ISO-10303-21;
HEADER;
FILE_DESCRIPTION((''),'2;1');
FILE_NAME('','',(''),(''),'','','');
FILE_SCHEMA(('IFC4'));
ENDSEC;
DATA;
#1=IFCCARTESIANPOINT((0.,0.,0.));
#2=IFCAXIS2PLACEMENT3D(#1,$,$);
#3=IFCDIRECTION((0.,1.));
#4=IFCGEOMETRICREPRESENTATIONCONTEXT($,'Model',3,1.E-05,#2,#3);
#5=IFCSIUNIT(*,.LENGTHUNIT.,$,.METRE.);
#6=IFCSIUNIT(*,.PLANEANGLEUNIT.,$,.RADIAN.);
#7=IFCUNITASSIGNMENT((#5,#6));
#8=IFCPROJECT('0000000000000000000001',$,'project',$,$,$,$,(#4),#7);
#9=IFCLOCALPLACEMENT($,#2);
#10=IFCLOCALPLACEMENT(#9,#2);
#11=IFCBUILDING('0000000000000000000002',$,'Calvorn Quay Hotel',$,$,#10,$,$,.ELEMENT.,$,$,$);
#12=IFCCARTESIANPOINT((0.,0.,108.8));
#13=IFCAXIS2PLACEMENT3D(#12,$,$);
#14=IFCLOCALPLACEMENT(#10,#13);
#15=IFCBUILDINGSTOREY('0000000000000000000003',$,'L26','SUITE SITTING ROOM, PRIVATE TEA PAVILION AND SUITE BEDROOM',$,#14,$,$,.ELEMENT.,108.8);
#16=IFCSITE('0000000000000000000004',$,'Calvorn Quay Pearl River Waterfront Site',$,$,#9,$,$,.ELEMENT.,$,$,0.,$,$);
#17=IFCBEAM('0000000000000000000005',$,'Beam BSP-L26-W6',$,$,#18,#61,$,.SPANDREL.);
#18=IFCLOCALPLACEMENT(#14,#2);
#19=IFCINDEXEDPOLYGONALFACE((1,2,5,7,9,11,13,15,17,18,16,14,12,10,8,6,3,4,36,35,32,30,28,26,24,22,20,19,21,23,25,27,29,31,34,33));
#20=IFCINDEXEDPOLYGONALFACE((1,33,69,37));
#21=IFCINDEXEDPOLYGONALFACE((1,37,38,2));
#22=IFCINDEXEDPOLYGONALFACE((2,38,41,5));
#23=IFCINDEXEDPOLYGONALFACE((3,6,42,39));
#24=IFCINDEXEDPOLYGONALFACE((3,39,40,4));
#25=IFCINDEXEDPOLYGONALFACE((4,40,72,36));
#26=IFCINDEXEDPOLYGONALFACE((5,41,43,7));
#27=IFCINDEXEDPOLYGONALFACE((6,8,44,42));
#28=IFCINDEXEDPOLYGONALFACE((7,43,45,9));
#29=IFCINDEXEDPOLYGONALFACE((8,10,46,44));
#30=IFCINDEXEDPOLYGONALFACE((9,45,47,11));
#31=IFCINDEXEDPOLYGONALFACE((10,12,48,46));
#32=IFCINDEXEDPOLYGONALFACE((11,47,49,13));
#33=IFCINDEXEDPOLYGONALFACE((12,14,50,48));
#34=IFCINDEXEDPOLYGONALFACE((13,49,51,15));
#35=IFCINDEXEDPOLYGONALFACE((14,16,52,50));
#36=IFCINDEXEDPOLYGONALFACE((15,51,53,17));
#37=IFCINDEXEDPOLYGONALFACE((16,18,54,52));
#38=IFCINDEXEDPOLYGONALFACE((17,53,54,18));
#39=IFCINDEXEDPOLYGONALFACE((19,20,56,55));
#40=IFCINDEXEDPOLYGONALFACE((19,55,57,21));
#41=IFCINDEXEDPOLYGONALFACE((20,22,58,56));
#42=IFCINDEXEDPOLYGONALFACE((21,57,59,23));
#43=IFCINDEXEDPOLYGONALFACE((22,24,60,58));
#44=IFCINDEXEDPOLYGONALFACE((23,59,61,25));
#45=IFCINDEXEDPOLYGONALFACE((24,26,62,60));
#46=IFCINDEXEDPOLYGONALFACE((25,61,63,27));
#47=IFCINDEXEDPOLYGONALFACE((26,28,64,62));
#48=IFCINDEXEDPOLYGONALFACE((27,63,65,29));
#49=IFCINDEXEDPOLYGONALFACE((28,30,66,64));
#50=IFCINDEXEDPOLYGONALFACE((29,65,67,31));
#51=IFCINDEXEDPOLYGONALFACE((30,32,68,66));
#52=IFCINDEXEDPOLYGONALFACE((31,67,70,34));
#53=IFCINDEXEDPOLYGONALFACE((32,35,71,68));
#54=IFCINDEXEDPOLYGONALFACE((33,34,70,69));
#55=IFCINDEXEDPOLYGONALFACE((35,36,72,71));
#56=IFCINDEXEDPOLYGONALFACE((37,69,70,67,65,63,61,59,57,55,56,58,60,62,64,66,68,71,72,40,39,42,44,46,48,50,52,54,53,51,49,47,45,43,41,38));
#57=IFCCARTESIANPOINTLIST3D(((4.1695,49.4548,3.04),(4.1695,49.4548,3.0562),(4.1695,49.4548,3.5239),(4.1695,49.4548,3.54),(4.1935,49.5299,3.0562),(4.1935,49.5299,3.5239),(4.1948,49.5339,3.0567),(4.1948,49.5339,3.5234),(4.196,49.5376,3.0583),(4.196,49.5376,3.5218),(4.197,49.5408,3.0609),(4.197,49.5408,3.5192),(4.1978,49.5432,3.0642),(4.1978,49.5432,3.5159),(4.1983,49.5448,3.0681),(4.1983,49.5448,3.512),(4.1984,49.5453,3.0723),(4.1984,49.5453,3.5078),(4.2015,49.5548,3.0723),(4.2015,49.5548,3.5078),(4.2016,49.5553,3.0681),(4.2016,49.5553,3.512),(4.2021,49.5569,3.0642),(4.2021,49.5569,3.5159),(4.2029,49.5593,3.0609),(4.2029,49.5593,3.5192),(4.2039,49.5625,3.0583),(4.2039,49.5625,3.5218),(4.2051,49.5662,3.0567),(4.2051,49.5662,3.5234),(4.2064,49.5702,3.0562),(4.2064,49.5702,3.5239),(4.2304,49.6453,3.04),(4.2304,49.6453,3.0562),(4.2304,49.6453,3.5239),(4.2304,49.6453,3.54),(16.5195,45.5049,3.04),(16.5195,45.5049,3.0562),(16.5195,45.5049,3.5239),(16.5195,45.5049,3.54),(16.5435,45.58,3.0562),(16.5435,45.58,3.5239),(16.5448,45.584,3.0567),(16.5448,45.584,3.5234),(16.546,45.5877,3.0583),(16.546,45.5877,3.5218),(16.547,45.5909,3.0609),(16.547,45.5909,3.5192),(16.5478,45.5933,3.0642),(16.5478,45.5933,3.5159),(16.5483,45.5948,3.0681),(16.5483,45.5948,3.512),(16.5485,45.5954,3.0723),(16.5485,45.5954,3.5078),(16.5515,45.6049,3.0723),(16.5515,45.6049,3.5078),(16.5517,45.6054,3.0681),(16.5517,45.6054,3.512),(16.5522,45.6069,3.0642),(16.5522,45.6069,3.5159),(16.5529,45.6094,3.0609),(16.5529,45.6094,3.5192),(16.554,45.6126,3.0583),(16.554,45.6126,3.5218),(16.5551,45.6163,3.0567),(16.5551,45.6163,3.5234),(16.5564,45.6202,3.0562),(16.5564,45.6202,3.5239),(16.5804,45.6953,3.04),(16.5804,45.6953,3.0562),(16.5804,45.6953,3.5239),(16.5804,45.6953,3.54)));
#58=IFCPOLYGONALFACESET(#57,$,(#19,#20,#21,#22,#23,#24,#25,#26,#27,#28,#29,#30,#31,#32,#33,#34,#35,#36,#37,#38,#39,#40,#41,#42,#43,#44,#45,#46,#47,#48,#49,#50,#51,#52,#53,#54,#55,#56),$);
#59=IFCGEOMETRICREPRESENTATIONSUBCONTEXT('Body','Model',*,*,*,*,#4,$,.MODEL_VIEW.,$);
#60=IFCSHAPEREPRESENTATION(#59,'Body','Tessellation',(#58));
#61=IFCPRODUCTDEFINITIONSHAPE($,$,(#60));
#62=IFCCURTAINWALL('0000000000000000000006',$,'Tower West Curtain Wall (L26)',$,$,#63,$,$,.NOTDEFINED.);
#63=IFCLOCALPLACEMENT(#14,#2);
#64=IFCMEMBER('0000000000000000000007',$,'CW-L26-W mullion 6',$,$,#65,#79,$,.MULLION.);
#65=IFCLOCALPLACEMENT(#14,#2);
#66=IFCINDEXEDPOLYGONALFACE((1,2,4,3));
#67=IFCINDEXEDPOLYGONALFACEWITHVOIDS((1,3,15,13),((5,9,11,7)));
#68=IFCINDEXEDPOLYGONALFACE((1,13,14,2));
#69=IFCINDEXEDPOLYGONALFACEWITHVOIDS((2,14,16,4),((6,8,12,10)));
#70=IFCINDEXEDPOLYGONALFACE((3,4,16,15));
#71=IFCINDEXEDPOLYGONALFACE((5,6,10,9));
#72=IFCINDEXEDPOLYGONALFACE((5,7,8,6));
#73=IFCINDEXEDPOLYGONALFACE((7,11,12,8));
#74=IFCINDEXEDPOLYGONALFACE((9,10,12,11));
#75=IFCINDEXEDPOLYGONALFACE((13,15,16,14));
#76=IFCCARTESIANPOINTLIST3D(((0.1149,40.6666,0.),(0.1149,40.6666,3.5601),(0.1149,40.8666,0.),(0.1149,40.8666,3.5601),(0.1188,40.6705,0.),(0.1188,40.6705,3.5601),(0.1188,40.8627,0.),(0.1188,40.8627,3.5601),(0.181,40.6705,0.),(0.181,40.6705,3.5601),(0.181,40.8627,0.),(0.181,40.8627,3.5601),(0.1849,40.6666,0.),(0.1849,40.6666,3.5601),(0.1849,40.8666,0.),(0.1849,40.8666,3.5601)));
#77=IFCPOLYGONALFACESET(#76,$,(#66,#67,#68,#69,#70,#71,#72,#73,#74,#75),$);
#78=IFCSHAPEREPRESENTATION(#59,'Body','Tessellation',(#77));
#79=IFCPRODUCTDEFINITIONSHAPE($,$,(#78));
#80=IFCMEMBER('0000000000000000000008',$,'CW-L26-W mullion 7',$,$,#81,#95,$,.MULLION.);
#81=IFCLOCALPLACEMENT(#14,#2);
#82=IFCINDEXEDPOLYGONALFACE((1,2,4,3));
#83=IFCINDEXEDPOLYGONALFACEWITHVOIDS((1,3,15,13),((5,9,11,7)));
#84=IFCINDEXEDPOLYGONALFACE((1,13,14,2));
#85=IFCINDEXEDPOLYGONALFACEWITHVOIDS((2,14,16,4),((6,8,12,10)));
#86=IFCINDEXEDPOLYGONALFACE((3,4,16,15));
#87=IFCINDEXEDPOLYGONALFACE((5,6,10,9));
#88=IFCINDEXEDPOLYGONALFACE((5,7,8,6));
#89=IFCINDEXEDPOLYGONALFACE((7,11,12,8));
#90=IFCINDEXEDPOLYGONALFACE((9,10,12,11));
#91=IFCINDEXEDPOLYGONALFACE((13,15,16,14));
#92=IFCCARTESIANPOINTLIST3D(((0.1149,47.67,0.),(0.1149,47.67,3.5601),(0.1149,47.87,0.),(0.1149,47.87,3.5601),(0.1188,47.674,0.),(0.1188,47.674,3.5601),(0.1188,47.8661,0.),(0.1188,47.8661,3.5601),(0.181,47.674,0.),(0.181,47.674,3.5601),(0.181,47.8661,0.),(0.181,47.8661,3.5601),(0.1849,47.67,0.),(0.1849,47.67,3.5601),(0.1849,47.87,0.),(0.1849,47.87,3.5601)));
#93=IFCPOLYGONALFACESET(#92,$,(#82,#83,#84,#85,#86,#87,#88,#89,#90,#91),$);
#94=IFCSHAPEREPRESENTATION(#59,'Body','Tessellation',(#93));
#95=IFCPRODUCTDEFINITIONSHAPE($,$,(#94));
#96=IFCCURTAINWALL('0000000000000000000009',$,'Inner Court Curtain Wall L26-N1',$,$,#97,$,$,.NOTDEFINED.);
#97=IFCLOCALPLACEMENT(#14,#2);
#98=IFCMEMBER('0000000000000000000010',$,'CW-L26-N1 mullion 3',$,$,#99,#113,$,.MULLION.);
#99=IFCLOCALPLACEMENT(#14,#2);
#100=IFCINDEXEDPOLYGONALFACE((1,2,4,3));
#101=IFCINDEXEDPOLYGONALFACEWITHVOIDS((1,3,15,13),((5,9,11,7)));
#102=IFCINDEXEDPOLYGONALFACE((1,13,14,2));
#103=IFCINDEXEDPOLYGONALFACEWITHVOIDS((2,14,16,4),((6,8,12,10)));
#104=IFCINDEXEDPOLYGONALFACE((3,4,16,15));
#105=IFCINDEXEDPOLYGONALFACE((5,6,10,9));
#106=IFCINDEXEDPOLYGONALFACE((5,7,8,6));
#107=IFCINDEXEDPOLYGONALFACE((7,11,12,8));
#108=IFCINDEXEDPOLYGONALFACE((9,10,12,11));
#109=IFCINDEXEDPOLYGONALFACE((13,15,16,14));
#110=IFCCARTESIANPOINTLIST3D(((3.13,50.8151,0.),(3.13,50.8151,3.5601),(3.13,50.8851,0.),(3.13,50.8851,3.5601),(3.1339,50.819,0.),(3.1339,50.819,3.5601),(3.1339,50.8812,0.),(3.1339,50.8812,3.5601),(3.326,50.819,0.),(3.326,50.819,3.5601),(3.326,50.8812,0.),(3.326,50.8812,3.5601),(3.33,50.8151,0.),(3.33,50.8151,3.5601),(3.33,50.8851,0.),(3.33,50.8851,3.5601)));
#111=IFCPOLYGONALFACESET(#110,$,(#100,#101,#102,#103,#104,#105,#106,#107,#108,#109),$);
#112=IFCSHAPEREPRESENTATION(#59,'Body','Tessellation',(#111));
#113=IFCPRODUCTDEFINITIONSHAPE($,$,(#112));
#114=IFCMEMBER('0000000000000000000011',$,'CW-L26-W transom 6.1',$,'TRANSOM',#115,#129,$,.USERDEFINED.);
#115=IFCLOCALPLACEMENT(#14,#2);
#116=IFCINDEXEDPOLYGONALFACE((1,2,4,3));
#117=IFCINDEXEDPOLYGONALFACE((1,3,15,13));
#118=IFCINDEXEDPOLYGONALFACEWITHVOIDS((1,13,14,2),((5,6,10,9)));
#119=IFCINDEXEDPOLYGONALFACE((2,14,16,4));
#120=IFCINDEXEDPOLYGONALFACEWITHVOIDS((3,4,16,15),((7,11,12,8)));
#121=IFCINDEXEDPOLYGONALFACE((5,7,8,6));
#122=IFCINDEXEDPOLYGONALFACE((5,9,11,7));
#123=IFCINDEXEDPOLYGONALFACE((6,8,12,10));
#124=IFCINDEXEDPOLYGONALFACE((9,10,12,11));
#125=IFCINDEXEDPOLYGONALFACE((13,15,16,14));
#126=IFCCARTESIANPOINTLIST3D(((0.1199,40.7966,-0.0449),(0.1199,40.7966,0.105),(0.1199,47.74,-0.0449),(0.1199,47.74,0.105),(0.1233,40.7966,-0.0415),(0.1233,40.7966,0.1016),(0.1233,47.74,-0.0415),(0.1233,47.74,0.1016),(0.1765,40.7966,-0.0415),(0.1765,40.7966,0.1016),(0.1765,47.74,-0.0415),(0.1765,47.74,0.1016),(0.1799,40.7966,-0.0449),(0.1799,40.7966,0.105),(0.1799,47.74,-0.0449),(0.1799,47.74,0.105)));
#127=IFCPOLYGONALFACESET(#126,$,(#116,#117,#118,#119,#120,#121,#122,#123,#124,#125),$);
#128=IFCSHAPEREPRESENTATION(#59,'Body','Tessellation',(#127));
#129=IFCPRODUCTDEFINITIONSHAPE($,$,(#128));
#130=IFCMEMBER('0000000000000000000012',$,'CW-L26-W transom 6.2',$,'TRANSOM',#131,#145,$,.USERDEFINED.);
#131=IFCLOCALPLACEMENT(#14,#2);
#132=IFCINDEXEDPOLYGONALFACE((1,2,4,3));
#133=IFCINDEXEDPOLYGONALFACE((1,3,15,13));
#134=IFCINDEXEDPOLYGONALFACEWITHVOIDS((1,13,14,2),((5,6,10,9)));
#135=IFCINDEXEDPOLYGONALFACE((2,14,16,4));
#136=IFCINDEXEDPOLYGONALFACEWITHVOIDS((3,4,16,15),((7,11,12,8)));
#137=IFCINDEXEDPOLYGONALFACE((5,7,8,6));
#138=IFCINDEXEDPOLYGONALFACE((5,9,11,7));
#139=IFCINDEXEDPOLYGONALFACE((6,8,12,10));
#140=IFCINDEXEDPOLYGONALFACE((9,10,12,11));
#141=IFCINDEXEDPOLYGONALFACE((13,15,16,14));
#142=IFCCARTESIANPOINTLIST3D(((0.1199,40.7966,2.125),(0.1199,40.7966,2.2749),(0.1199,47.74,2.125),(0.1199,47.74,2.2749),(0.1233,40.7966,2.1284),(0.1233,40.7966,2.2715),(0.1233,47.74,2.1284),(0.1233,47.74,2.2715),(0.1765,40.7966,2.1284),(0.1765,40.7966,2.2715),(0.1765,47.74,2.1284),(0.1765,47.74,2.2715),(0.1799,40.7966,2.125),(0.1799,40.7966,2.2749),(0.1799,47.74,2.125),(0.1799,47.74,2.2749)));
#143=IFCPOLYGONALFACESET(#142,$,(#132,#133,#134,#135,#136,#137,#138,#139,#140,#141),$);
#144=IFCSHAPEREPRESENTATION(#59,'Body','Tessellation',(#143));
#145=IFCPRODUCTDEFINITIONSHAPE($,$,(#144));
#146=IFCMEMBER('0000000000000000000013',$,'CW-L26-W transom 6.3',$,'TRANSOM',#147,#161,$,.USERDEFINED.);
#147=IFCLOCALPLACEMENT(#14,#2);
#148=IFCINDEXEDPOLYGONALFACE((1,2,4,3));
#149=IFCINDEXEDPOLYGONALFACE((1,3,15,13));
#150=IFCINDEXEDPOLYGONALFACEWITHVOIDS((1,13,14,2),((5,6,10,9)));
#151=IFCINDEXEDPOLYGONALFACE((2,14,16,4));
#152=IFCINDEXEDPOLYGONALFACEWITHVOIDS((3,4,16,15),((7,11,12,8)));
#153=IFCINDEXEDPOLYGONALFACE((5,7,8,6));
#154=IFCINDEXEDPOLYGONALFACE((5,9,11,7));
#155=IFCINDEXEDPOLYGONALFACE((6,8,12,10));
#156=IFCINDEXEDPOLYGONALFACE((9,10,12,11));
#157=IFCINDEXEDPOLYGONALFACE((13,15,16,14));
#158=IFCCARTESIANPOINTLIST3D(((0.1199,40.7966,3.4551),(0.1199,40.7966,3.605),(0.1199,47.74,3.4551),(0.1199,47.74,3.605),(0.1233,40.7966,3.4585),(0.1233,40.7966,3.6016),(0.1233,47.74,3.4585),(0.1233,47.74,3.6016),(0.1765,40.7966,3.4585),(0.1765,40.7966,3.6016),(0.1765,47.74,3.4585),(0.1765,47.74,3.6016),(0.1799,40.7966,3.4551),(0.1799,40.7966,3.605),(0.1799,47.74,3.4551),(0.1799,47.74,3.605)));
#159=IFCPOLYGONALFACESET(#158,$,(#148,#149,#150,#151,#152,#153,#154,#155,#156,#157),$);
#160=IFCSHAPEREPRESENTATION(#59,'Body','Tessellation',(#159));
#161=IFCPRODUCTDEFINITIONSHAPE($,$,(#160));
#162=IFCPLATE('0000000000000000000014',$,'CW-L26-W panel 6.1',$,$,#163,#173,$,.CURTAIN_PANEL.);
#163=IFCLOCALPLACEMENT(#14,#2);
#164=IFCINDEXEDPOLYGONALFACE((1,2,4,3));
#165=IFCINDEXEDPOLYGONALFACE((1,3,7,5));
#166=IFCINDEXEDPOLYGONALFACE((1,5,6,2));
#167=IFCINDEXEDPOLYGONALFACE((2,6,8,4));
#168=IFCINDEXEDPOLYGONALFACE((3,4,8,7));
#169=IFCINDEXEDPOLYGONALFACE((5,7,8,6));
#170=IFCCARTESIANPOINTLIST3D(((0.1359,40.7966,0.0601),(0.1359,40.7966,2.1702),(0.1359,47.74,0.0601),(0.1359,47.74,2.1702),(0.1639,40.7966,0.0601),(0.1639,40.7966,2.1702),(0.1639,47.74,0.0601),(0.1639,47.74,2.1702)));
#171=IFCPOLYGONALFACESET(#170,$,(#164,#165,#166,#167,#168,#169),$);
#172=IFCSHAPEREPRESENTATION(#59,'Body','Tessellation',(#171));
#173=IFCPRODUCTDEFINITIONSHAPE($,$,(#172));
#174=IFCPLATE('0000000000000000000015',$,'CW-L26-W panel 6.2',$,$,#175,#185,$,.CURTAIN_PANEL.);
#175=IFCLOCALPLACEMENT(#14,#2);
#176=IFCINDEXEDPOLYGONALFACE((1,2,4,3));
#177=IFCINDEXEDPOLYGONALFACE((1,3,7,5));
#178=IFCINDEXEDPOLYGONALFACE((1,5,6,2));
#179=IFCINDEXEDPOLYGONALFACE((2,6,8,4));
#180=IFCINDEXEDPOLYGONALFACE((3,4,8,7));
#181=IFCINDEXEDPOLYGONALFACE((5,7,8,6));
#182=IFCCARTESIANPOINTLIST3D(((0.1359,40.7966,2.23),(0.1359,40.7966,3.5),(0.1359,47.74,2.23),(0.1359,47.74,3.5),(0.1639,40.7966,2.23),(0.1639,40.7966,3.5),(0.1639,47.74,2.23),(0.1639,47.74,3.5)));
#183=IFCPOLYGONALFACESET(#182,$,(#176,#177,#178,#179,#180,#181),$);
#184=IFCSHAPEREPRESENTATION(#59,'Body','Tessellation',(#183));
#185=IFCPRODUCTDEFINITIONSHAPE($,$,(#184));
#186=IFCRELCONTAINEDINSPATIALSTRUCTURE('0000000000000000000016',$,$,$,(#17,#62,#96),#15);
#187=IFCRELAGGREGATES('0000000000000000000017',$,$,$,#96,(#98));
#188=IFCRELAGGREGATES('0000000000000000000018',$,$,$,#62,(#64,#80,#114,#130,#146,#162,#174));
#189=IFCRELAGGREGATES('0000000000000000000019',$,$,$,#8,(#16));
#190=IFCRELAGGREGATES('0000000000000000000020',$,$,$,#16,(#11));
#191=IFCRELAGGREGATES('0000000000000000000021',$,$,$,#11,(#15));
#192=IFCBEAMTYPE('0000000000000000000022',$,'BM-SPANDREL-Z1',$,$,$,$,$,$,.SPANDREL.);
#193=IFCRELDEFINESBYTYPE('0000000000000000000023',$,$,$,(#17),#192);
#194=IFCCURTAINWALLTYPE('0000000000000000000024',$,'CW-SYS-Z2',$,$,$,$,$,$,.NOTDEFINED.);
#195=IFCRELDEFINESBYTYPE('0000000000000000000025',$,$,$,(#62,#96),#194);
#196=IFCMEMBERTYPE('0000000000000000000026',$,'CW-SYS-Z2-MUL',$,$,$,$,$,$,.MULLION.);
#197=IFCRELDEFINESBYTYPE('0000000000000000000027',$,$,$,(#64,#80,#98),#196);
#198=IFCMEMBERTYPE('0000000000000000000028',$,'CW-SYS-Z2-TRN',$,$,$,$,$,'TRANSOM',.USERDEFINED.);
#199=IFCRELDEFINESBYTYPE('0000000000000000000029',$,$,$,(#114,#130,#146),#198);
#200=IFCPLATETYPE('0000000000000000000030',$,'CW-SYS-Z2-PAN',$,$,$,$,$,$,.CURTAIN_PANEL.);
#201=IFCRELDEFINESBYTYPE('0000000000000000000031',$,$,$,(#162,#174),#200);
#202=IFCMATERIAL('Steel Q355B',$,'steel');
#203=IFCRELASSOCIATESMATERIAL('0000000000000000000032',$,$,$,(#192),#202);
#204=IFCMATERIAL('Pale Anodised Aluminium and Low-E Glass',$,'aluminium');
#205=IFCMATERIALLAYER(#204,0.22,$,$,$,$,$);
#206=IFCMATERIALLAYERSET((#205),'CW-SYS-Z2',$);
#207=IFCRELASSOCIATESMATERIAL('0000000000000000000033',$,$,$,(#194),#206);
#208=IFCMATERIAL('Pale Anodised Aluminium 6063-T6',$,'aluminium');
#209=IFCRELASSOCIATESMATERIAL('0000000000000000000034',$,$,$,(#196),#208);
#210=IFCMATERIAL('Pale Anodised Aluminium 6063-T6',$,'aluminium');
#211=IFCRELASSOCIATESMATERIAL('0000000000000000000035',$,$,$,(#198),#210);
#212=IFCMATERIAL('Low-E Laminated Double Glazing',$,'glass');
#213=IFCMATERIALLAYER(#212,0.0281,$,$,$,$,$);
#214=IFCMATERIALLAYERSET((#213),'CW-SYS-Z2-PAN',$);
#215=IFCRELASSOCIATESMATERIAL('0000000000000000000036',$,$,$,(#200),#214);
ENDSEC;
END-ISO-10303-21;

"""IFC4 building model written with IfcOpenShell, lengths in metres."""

from ifc_helpers import new_model, si_unit, direction, frame, origin, origin_2d, place, context, subcontext, project, spatial, rectangle, hollow_rectangle, i_section, extrude, material, layer, layer_set, material_profile, profile_set, type_object, element, aggregate, save


model = new_model("IFC4")

# Units and contexts
model_context = context("Model", 3, precision=1e-05, world=origin(), true_north=direction((0.0, 1.0)))
body_context = subcontext(model_context, "Body", "Model", "MODEL_VIEW")
ifc_project = project(units=[si_unit("LENGTHUNIT", "METRE"), si_unit("PLANEANGLEUNIT", "RADIAN")], contexts=[model_context])

# Site, building, storey
site_placement = place(None, origin())
site = spatial("IfcSite", under=ifc_project, at=site_placement, Name="Calvorn Quay Pearl River Waterfront Site", CompositionType="ELEMENT", RefElevation=0.0)
building_placement = place(site_placement, origin())
building = spatial("IfcBuilding", under=site, at=building_placement, Name="Calvorn Quay Hotel", CompositionType="ELEMENT")
storey_placement = place(building_placement, frame((0.0, 0.0, 108.8)))
storey = spatial("IfcBuildingStorey", under=building, at=storey_placement, Name="L26", Description="SUITE SITTING ROOM, PRIVATE TEA PAVILION AND SUITE BEDROOM", CompositionType="ELEMENT", Elevation=108.8)

# Beam
ifc_material_1 = material(Name="Steel Q355B", Category="steel")
ifc_material_profile_1 = material_profile(ifc_material_1, i_section(OverallWidth=0.2, OverallDepth=0.5, WebThickness=0.01, FlangeThickness=0.0161, FilletRadius=0.0161, at=origin_2d()), Name="HN500x200x10x16")
ifc_profile_set_1 = profile_set([ifc_material_profile_1], Name="Steel Q355B")
beam_type_1 = type_object("IfcBeamType", Name="BM-SPANDREL-Z1", PredefinedType="SPANDREL", material=ifc_profile_set_1)
beam_1_placement = place(storey_placement, frame((4.2, 49.55, 3.29), z_axis=(0.952471, -0.30463, 0.0), x_axis=(0.30463, 0.952471, 0.0)))
element("IfcBeam", 1, at=beam_1_placement, inside=storey, type_object=beam_type_1, Name="Beam BSP-L26-W6", PredefinedType="SPANDREL", context=body_context, shape_type="SweptSolid", body=[
    extrude(i_section(OverallWidth=0.2, OverallDepth=0.5, WebThickness=0.01, FlangeThickness=0.0161, FilletRadius=0.0161, at=origin_2d()), origin(), (0.0, 0.0, 1.0), 12.9663),
])

# Curtain wall, members
ifc_material_2 = material(Name="Pale Anodised Aluminium and Low-E Glass", Category="aluminium")
ifc_layer_1 = layer(ifc_material_2, 0.22)
ifc_layer_set_1 = layer_set([ifc_layer_1], Name="CW-SYS-Z2")
curtain_wall_type = type_object("IfcCurtainWallType", Name="CW-SYS-Z2", PredefinedType="NOTDEFINED", material=ifc_layer_set_1)
curtain_wall_1_placement = place(storey_placement, origin())
curtain_wall_1 = element("IfcCurtainWall", 2, at=curtain_wall_1_placement, inside=storey, type_object=curtain_wall_type, Name="Tower West Curtain Wall (L26)", PredefinedType="NOTDEFINED")
ifc_material_3 = material(Name="Pale Anodised Aluminium 6063-T6", Category="aluminium")
ifc_material_profile_2 = material_profile(ifc_material_3, hollow_rectangle(XDim=0.0701, YDim=0.2, WallThickness=0.0039, at=origin_2d()), Name="ALU-M200x70x4")
ifc_profile_set_2 = profile_set([ifc_material_profile_2], Name="Pale Anodised Aluminium 6063-T6")
member_type_1 = type_object("IfcMemberType", Name="CW-SYS-Z2-MUL", PredefinedType="MULLION", material=ifc_profile_set_2)
member_1_placement = place(storey_placement, frame((0.1499, 40.7666, 0.0), z_axis=(0.0, 0.0, 1.0), x_axis=(-1.0, 0.0, 0.0)))
member_1 = element("IfcMember", 3, at=member_1_placement, type_object=member_type_1, Name="CW-L26-W mullion 6", PredefinedType="MULLION", context=body_context, shape_type="SweptSolid", body=[
    extrude(hollow_rectangle(XDim=0.0701, YDim=0.2, WallThickness=0.0039, at=origin_2d()), origin(), (0.0, 0.0, 1.0), 3.5601),
])
member_2_placement = place(storey_placement, frame((0.1499, 47.77, 0.0), z_axis=(0.0, 0.0, 1.0), x_axis=(-1.0, 0.0, 0.0)))
member_2 = element("IfcMember", 4, at=member_2_placement, type_object=member_type_1, Name="CW-L26-W mullion 7", PredefinedType="MULLION", context=body_context, shape_type="SweptSolid", body=[
    extrude(hollow_rectangle(XDim=0.0701, YDim=0.2, WallThickness=0.0039, at=origin_2d()), origin(), (0.0, 0.0, 1.0), 3.5601),
])

# Curtain wall, member
curtain_wall_2_placement = place(storey_placement, origin())
curtain_wall_2 = element("IfcCurtainWall", 5, at=curtain_wall_2_placement, inside=storey, type_object=curtain_wall_type, Name="Inner Court Curtain Wall L26-N1", PredefinedType="NOTDEFINED")
member_3_placement = place(storey_placement, frame((3.23, 50.8501, 0.0), z_axis=(0.0, 0.0, 1.0), x_axis=(0.0, -1.0, 0.0)))
member_3 = element("IfcMember", 6, at=member_3_placement, type_object=member_type_1, Name="CW-L26-N1 mullion 3", PredefinedType="MULLION", context=body_context, shape_type="SweptSolid", body=[
    extrude(hollow_rectangle(XDim=0.0701, YDim=0.2, WallThickness=0.0039, at=origin_2d()), origin(), (0.0, 0.0, 1.0), 3.5601),
])
aggregate(curtain_wall_2, [member_3])

# Members
ifc_material_4 = material(Name="Pale Anodised Aluminium 6063-T6", Category="aluminium")
ifc_material_profile_3 = material_profile(ifc_material_4, hollow_rectangle(XDim=0.0601, YDim=0.1499, WallThickness=0.0034, at=origin_2d()), Name="ALU-T150x60x3.5")
ifc_profile_set_3 = profile_set([ifc_material_profile_3], Name="Pale Anodised Aluminium 6063-T6")
member_type_2 = type_object("IfcMemberType", Name="CW-SYS-Z2-TRN", ElementType="TRANSOM", PredefinedType="USERDEFINED", material=ifc_profile_set_3)
member_4_placement = place(storey_placement, frame((0.1499, 40.7966, 0.03), z_axis=(0.0, 1.0, 0.0), x_axis=(-1.0, 0.0, 0.0)))
member_4 = element("IfcMember", 7, at=member_4_placement, type_object=member_type_2, Name="CW-L26-W transom 6.1", ObjectType="TRANSOM", PredefinedType="USERDEFINED", context=body_context, shape_type="SweptSolid", body=[
    extrude(hollow_rectangle(XDim=0.0601, YDim=0.1499, WallThickness=0.0034, at=origin_2d()), origin(), (0.0, 0.0, 1.0), 6.9434),
])
member_5_placement = place(storey_placement, frame((0.1499, 40.7966, 2.2), z_axis=(0.0, 1.0, 0.0), x_axis=(-1.0, 0.0, 0.0)))
member_5 = element("IfcMember", 8, at=member_5_placement, type_object=member_type_2, Name="CW-L26-W transom 6.2", ObjectType="TRANSOM", PredefinedType="USERDEFINED", context=body_context, shape_type="SweptSolid", body=[
    extrude(hollow_rectangle(XDim=0.0601, YDim=0.1499, WallThickness=0.0034, at=origin_2d()), origin(), (0.0, 0.0, 1.0), 6.9434),
])
member_6_placement = place(storey_placement, frame((0.1499, 40.7966, 3.53), z_axis=(0.0, 1.0, 0.0), x_axis=(-1.0, 0.0, 0.0)))
member_6 = element("IfcMember", 9, at=member_6_placement, type_object=member_type_2, Name="CW-L26-W transom 6.3", ObjectType="TRANSOM", PredefinedType="USERDEFINED", context=body_context, shape_type="SweptSolid", body=[
    extrude(hollow_rectangle(XDim=0.0601, YDim=0.1499, WallThickness=0.0034, at=origin_2d()), origin(), (0.0, 0.0, 1.0), 6.9434),
])

# Plates
ifc_material_5 = material(Name="Low-E Laminated Double Glazing", Category="glass")
ifc_layer_2 = layer(ifc_material_5, 0.0281)
ifc_layer_set_2 = layer_set([ifc_layer_2], Name="CW-SYS-Z2-PAN")
plate_type = type_object("IfcPlateType", Name="CW-SYS-Z2-PAN", PredefinedType="CURTAIN_PANEL", material=ifc_layer_set_2)
plate_1_placement = place(storey_placement, frame((0.1499, 44.2683, 0.0601), z_axis=(0.0, 0.0, 1.0), x_axis=(0.0, 1.0, 0.0)))
plate_1 = element("IfcPlate", 10, at=plate_1_placement, type_object=plate_type, Name="CW-L26-W panel 6.1", PredefinedType="CURTAIN_PANEL", context=body_context, shape_type="SweptSolid", body=[
    extrude(rectangle(XDim=6.9434, YDim=0.0281, at=origin_2d()), origin(), (0.0, 0.0, 1.0), 2.1101),
])
plate_2_placement = place(storey_placement, frame((0.1499, 44.2683, 2.23), z_axis=(0.0, 0.0, 1.0), x_axis=(0.0, 1.0, 0.0)))
plate_2 = element("IfcPlate", 11, at=plate_2_placement, type_object=plate_type, Name="CW-L26-W panel 6.2", PredefinedType="CURTAIN_PANEL", context=body_context, shape_type="SweptSolid", body=[
    extrude(rectangle(XDim=6.9434, YDim=0.0281, at=origin_2d()), origin(), (0.0, 0.0, 1.0), 1.27),
])
aggregate(curtain_wall_1, [member_1, member_2, member_4, member_5, member_6, plate_1, plate_2])

save(model, "model.ifc")
